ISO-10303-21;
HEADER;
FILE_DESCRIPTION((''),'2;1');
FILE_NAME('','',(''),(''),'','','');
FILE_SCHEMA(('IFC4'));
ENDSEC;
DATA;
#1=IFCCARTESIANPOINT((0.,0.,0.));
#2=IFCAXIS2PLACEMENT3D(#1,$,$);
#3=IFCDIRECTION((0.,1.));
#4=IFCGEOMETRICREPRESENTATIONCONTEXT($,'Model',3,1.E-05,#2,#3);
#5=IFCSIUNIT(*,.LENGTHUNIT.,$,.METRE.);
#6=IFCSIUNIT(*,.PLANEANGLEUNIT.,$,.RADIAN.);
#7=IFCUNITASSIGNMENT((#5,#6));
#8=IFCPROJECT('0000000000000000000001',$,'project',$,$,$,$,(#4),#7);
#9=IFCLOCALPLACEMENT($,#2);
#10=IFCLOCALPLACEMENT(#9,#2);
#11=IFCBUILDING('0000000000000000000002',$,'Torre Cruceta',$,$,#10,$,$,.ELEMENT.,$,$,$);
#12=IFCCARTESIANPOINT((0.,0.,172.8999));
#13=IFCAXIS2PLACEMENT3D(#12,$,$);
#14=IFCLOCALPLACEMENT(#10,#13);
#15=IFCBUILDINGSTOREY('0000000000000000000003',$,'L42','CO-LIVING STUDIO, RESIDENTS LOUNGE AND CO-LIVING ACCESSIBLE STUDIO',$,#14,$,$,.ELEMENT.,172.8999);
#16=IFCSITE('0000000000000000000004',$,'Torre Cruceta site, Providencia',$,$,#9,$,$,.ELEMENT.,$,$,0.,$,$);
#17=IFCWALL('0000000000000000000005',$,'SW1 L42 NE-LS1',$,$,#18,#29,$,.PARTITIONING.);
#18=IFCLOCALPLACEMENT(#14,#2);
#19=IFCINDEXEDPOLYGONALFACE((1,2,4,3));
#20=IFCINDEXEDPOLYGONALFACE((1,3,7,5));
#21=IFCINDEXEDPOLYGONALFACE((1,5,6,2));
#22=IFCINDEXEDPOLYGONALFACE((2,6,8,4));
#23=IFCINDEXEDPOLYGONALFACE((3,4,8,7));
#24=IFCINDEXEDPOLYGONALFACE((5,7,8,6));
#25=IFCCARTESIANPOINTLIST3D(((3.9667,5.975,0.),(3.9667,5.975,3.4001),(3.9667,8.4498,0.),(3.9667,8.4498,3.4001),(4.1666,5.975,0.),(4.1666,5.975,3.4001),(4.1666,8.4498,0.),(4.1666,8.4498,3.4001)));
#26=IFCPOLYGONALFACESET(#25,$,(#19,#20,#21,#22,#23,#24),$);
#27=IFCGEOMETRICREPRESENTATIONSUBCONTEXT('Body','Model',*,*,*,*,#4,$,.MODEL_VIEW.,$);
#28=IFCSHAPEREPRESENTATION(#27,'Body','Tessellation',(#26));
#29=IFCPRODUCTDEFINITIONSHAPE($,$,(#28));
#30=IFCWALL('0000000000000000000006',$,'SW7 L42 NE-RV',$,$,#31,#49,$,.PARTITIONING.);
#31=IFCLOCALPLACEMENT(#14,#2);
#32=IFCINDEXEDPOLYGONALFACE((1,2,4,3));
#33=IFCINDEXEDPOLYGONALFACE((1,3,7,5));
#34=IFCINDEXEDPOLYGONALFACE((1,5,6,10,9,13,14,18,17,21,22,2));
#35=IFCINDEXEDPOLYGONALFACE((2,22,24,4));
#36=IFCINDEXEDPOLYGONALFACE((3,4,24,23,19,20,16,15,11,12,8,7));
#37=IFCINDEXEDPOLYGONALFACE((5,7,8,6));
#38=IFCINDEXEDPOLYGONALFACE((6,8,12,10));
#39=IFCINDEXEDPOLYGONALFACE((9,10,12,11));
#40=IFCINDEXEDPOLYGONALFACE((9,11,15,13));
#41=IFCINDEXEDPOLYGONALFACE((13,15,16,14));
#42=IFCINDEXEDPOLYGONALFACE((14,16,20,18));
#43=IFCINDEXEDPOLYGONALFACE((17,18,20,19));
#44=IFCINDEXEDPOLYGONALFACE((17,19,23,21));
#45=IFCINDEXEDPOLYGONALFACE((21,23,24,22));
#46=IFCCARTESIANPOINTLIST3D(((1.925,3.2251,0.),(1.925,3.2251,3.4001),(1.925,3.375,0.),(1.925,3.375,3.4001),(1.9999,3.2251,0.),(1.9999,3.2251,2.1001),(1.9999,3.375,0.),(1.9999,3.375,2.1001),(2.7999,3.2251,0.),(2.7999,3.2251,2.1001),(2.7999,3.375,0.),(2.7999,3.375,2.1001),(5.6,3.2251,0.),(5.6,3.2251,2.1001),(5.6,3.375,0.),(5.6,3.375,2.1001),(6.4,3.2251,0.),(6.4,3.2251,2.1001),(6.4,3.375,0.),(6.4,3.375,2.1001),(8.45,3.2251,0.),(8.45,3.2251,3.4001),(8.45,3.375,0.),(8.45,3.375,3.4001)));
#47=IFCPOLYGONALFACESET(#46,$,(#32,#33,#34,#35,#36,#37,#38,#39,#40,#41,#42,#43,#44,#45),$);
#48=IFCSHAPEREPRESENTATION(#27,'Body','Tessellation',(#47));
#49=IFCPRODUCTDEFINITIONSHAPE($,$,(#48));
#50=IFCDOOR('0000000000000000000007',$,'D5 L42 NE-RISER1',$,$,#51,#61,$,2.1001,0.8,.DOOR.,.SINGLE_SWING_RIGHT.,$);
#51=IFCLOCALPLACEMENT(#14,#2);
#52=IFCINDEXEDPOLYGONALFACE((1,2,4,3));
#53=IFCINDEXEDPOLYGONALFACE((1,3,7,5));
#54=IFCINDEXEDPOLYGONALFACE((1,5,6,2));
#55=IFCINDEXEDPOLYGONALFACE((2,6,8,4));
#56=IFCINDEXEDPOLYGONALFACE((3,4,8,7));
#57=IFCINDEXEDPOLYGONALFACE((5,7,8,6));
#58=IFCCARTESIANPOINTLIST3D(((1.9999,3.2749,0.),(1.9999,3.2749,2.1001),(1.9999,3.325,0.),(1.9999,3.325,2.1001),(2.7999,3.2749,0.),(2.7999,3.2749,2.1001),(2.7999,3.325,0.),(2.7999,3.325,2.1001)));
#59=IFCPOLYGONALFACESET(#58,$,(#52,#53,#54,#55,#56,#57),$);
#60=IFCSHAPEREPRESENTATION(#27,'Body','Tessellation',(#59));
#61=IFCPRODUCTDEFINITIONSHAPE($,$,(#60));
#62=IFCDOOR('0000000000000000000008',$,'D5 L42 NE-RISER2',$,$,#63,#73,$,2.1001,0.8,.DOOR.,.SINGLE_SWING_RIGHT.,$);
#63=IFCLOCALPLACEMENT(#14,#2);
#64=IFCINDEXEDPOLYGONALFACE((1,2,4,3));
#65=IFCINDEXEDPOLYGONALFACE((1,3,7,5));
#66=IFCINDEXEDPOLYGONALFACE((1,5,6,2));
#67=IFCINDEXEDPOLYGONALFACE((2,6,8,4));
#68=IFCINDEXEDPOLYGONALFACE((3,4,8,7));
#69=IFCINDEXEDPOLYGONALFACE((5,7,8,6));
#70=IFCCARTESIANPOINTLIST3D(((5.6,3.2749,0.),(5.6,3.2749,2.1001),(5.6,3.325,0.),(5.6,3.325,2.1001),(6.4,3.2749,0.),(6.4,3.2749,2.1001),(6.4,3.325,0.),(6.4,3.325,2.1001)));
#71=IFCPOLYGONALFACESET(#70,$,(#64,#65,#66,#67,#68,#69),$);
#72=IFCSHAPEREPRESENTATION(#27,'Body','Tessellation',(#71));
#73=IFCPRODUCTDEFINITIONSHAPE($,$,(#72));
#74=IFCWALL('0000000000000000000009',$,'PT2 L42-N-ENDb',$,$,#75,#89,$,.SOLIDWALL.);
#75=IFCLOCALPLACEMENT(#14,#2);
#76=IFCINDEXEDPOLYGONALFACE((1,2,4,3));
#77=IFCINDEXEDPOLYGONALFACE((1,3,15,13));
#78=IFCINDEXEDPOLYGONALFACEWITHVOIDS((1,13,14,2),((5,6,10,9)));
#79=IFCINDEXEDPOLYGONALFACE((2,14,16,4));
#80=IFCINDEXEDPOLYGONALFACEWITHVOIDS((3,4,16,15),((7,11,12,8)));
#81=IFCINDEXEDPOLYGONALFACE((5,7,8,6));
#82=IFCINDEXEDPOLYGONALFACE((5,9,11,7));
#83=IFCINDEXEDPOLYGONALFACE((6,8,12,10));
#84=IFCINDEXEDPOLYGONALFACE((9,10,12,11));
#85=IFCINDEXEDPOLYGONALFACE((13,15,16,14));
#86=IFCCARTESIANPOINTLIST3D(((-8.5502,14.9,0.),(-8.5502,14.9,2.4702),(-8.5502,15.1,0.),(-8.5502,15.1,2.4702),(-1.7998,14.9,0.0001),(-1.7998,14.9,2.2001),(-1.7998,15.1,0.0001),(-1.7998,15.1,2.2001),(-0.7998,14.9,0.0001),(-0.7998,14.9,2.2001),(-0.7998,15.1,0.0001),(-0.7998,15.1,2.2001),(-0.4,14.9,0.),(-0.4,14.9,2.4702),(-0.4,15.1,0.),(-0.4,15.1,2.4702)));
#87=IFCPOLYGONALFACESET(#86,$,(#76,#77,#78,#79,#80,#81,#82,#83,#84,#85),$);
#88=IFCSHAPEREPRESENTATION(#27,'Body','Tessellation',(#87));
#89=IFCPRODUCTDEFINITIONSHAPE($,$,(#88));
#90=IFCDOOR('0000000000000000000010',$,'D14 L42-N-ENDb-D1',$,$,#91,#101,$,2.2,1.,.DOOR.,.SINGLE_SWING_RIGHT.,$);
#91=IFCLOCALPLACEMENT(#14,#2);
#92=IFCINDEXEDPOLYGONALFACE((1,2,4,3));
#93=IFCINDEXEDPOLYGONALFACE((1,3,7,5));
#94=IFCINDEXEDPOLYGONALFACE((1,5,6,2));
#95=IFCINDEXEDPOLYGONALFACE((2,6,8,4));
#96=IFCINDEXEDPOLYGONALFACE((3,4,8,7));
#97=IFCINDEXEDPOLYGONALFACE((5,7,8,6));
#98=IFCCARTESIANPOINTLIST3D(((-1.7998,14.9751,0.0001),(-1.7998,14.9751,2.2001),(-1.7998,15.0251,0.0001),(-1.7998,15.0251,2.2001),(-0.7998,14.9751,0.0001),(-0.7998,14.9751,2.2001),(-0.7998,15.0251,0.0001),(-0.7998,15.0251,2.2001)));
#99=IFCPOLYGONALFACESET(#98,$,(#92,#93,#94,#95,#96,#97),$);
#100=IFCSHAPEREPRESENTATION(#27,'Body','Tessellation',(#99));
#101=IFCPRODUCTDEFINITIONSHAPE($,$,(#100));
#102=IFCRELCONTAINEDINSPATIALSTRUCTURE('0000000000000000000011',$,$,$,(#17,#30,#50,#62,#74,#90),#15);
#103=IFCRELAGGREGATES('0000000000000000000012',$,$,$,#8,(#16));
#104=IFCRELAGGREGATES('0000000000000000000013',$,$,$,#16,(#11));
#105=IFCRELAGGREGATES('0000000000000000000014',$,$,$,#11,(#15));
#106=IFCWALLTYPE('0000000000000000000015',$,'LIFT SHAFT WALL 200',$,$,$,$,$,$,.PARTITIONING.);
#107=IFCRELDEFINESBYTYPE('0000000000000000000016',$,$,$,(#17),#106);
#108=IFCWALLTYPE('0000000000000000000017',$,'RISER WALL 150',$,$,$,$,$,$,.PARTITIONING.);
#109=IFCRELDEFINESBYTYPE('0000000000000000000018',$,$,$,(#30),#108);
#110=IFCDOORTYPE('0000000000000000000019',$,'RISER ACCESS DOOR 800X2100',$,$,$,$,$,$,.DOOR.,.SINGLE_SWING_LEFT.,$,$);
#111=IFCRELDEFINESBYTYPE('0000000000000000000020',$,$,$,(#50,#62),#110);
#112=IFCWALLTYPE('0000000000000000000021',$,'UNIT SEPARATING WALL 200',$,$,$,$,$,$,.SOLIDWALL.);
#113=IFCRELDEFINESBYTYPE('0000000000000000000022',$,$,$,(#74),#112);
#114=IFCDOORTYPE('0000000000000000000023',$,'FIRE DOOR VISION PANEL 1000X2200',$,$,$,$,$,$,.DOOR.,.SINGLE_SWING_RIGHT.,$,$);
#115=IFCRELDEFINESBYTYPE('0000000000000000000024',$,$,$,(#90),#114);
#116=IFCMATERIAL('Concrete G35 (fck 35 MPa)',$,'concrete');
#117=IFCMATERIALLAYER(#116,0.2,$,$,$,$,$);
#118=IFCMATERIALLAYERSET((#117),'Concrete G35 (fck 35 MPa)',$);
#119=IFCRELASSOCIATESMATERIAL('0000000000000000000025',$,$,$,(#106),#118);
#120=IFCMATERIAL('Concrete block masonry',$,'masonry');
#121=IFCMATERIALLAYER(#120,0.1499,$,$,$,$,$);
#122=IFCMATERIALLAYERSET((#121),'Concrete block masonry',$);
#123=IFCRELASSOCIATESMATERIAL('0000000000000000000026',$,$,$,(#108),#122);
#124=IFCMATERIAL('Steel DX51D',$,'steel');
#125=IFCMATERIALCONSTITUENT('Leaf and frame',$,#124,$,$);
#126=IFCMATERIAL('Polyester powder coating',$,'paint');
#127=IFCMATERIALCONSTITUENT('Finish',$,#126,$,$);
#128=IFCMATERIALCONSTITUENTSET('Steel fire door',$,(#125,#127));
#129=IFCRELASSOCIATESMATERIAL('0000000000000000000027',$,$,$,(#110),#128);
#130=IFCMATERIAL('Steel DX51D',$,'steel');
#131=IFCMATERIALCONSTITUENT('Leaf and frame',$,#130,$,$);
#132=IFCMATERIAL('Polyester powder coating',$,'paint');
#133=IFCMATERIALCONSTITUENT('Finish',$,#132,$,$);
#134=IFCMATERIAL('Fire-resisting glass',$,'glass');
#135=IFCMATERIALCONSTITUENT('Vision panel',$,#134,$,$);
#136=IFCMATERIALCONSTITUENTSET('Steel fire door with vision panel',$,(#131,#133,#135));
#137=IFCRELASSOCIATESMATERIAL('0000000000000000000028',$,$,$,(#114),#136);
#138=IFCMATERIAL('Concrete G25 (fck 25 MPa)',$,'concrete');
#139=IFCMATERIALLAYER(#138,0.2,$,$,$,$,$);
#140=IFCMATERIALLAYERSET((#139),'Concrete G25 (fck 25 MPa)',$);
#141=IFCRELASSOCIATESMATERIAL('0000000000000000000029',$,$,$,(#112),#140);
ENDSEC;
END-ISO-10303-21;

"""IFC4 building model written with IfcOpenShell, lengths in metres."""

from ifc_helpers import new_model, si_unit, direction, frame, frame_2d, origin, place, context, subcontext, project, spatial, rectangle, extrude, material, layer, layer_set, constituent, constituent_set, type_object, element, fill, save


model = new_model("IFC4")

# Units and contexts
model_context = context("Model", 3, precision=1e-05, world=origin(), true_north=direction((0.0, 1.0)))
body_context = subcontext(model_context, "Body", "Model", "MODEL_VIEW")
ifc_project = project(units=[si_unit("LENGTHUNIT", "METRE"), si_unit("PLANEANGLEUNIT", "RADIAN")], contexts=[model_context])

# Site, building, storey
site_placement = place(None, origin())
site = spatial("IfcSite", under=ifc_project, at=site_placement, Name="Torre Cruceta site, Providencia", CompositionType="ELEMENT", RefElevation=0.0)
building_placement = place(site_placement, origin())
building = spatial("IfcBuilding", under=site, at=building_placement, Name="Torre Cruceta", CompositionType="ELEMENT")
storey_placement = place(building_placement, frame((0.0, 0.0, 172.8999)))
storey = spatial("IfcBuildingStorey", under=building, at=storey_placement, Name="L42", Description="CO-LIVING STUDIO, RESIDENTS LOUNGE AND CO-LIVING ACCESSIBLE STUDIO", CompositionType="ELEMENT", Elevation=172.8999)

# Wall
ifc_material_1 = material(Name="Concrete G35 (fck 35 MPa)", Category="concrete")
ifc_layer_1 = layer(ifc_material_1, 0.2)
ifc_layer_set_1 = layer_set([ifc_layer_1], Name="Concrete G35 (fck 35 MPa)")
wall_type_1 = type_object("IfcWallType", Name="LIFT SHAFT WALL 200", PredefinedType="PARTITIONING", material=ifc_layer_set_1)
wall_1_placement = place(storey_placement, frame((4.0667, 5.9751, 0.0), z_axis=(0.0, 0.0, 1.0), x_axis=(0.0, 1.0, 0.0)))
element("IfcWall", 1, at=wall_1_placement, inside=storey, type_object=wall_type_1, Name="SW1 L42 NE-LS1", PredefinedType="PARTITIONING", context=body_context, shape_type="SweptSolid", body=[
    extrude(rectangle(XDim=2.4749, YDim=0.2, at=frame_2d((1.2373, 0.0))), origin(), (0.0, 0.0, 1.0), 3.4001),
])

# Wall, openings, doors
ifc_material_2 = material(Name="Concrete block masonry", Category="masonry")
ifc_layer_2 = layer(ifc_material_2, 0.1499)
ifc_layer_set_2 = layer_set([ifc_layer_2], Name="Concrete block masonry")
wall_type_2 = type_object("IfcWallType", Name="RISER WALL 150", PredefinedType="PARTITIONING", material=ifc_layer_set_2)
wall_2_placement = place(storey_placement, frame((1.925, 3.3, 0.0), z_axis=(0.0, 0.0, 1.0), x_axis=(1.0, 0.0, 0.0)))
wall_2 = element("IfcWall", 2, at=wall_2_placement, inside=storey, type_object=wall_type_2, Name="SW7 L42 NE-RV", PredefinedType="PARTITIONING", context=body_context, shape_type="SweptSolid", body=[
    extrude(rectangle(XDim=6.5249, YDim=0.1499, at=frame_2d((3.2625, 0.0))), origin(), (0.0, 0.0, 1.0), 3.4001),
])
opening_1_placement = place(wall_2_placement, frame((0.075, 0.0, 0.0)))
opening_1 = element("IfcOpeningElement", 3, at=opening_1_placement, cuts=wall_2, PredefinedType="OPENING", context=body_context, shape_type="SweptSolid", body=[
    extrude(rectangle(XDim=0.8, YDim=2.1001, at=frame_2d((0.3999, 1.05))), frame((0.0, 0.085, 0.0), z_axis=(0.0, -1.0, 0.0), x_axis=(1.0, 0.0, 0.0)), (0.0, 0.0, 1.0), 0.1699),
])
opening_2_placement = place(wall_2_placement, frame((3.675, 0.0, 0.0)))
opening_2 = element("IfcOpeningElement", 4, at=opening_2_placement, cuts=wall_2, PredefinedType="OPENING", context=body_context, shape_type="SweptSolid", body=[
    extrude(rectangle(XDim=0.8, YDim=2.1001, at=frame_2d((0.3999, 1.05))), frame((0.0, 0.085, 0.0), z_axis=(0.0, -1.0, 0.0), x_axis=(1.0, 0.0, 0.0)), (0.0, 0.0, 1.0), 0.1699),
])
ifc_material_3 = material(Name="Steel DX51D", Category="steel")
ifc_constituent_1 = constituent(ifc_material_3, Name="Leaf and frame")
ifc_material_4 = material(Name="Polyester powder coating", Category="paint")
ifc_constituent_2 = constituent(ifc_material_4, Name="Finish")
ifc_constituent_set_1 = constituent_set(constituents=[ifc_constituent_1, ifc_constituent_2], Name="Steel fire door")
door_type_1 = type_object("IfcDoorType", Name="RISER ACCESS DOOR 800X2100", OperationType="SINGLE_SWING_LEFT", PredefinedType="DOOR", material=ifc_constituent_set_1)
door_1_placement = place(opening_1_placement, frame((0.8, 0.0, 0.0), z_axis=(0.0, 0.0, 1.0), x_axis=(-1.0, 0.0, 0.0)))
door_1 = element("IfcDoor", 5, at=door_1_placement, inside=storey, type_object=door_type_1, Name="D5 L42 NE-RISER1", OperationType="SINGLE_SWING_RIGHT", OverallHeight=2.1001, OverallWidth=0.8, PredefinedType="DOOR", context=body_context, shape_type="SweptSolid", body=[
    extrude(rectangle(XDim=0.8, YDim=2.1001, at=frame_2d((0.4001, 1.05))), frame((0.0, 0.0251, 0.0), z_axis=(0.0, -1.0, 0.0), x_axis=(1.0, 0.0, 0.0)), (0.0, 0.0, 1.0), 0.05),
])
fill(opening_1, door_1)
door_2_placement = place(opening_2_placement, frame((0.8, 0.0, 0.0), z_axis=(0.0, 0.0, 1.0), x_axis=(-1.0, 0.0, 0.0)))
door_2 = element("IfcDoor", 6, at=door_2_placement, inside=storey, type_object=door_type_1, Name="D5 L42 NE-RISER2", OperationType="SINGLE_SWING_RIGHT", OverallHeight=2.1001, OverallWidth=0.8, PredefinedType="DOOR", context=body_context, shape_type="SweptSolid", body=[
    extrude(rectangle(XDim=0.8, YDim=2.1001, at=frame_2d((0.4001, 1.05))), frame((0.0, 0.0251, 0.0), z_axis=(0.0, -1.0, 0.0), x_axis=(1.0, 0.0, 0.0)), (0.0, 0.0, 1.0), 0.05),
])
fill(opening_2, door_2)
ifc_material_5 = material(Name="Steel DX51D", Category="steel")
ifc_constituent_3 = constituent(ifc_material_5, Name="Leaf and frame")
ifc_material_6 = material(Name="Polyester powder coating", Category="paint")
ifc_constituent_4 = constituent(ifc_material_6, Name="Finish")
ifc_material_7 = material(Name="Fire-resisting glass", Category="glass")
ifc_constituent_5 = constituent(ifc_material_7, Name="Vision panel")
ifc_constituent_set_2 = constituent_set(constituents=[ifc_constituent_3, ifc_constituent_4, ifc_constituent_5], Name="Steel fire door with vision panel")
door_type_2 = type_object("IfcDoorType", Name="FIRE DOOR VISION PANEL 1000X2200", OperationType="SINGLE_SWING_RIGHT", PredefinedType="DOOR", material=ifc_constituent_set_2)

# Wall, opening, door
ifc_material_8 = material(Name="Concrete G25 (fck 25 MPa)", Category="concrete")
ifc_layer_3 = layer(ifc_material_8, 0.2)
ifc_layer_set_3 = layer_set([ifc_layer_3], Name="Concrete G25 (fck 25 MPa)")
wall_type_3 = type_object("IfcWallType", Name="UNIT SEPARATING WALL 200", PredefinedType="SOLIDWALL", material=ifc_layer_set_3)
wall_3_placement = place(storey_placement, frame((-0.3999, 15.0, 0.0), z_axis=(0.0, 0.0, 1.0), x_axis=(-1.0, 0.0, 0.0)))
wall_3 = element("IfcWall", 7, at=wall_3_placement, inside=storey, type_object=wall_type_3, Name="PT2 L42-N-ENDb", PredefinedType="SOLIDWALL", context=body_context, shape_type="SweptSolid", body=[
    extrude(rectangle(XDim=8.1501, YDim=0.2, at=frame_2d((4.0752, 0.0))), origin(), (0.0, 0.0, 1.0), 2.4702),
])
opening_3_placement = place(wall_3_placement, frame((0.3999, 0.0, 0.0)))
opening_3 = element("IfcOpeningElement", 8, at=opening_3_placement, cuts=wall_3, PredefinedType="OPENING", context=body_context, shape_type="SweptSolid", body=[
    extrude(rectangle(XDim=1.0, YDim=2.2, at=frame_2d((0.5, 1.1001))), frame((0.0, 0.1099, 0.0), z_axis=(0.0, -1.0, 0.0), x_axis=(1.0, 0.0, 0.0)), (0.0, 0.0, 1.0), 0.22),
])
door_3_placement = place(opening_3_placement, frame((1.0, 0.0, 0.0), z_axis=(0.0, 0.0, 1.0), x_axis=(-1.0, 0.0, 0.0)))
door_3 = element("IfcDoor", 9, at=door_3_placement, inside=storey, type_object=door_type_2, Name="D14 L42-N-ENDb-D1", OperationType="SINGLE_SWING_RIGHT", OverallHeight=2.2, OverallWidth=1.0, PredefinedType="DOOR", context=body_context, shape_type="SweptSolid", body=[
    extrude(rectangle(XDim=1.0, YDim=2.2, at=frame_2d((0.5, 1.1001))), frame((0.0, 0.0251, 0.0), z_axis=(0.0, -1.0, 0.0), x_axis=(1.0, 0.0, 0.0)), (0.0, 0.0, 1.0), 0.05),
])
fill(opening_3, door_3)

save(model, "model.ifc")
